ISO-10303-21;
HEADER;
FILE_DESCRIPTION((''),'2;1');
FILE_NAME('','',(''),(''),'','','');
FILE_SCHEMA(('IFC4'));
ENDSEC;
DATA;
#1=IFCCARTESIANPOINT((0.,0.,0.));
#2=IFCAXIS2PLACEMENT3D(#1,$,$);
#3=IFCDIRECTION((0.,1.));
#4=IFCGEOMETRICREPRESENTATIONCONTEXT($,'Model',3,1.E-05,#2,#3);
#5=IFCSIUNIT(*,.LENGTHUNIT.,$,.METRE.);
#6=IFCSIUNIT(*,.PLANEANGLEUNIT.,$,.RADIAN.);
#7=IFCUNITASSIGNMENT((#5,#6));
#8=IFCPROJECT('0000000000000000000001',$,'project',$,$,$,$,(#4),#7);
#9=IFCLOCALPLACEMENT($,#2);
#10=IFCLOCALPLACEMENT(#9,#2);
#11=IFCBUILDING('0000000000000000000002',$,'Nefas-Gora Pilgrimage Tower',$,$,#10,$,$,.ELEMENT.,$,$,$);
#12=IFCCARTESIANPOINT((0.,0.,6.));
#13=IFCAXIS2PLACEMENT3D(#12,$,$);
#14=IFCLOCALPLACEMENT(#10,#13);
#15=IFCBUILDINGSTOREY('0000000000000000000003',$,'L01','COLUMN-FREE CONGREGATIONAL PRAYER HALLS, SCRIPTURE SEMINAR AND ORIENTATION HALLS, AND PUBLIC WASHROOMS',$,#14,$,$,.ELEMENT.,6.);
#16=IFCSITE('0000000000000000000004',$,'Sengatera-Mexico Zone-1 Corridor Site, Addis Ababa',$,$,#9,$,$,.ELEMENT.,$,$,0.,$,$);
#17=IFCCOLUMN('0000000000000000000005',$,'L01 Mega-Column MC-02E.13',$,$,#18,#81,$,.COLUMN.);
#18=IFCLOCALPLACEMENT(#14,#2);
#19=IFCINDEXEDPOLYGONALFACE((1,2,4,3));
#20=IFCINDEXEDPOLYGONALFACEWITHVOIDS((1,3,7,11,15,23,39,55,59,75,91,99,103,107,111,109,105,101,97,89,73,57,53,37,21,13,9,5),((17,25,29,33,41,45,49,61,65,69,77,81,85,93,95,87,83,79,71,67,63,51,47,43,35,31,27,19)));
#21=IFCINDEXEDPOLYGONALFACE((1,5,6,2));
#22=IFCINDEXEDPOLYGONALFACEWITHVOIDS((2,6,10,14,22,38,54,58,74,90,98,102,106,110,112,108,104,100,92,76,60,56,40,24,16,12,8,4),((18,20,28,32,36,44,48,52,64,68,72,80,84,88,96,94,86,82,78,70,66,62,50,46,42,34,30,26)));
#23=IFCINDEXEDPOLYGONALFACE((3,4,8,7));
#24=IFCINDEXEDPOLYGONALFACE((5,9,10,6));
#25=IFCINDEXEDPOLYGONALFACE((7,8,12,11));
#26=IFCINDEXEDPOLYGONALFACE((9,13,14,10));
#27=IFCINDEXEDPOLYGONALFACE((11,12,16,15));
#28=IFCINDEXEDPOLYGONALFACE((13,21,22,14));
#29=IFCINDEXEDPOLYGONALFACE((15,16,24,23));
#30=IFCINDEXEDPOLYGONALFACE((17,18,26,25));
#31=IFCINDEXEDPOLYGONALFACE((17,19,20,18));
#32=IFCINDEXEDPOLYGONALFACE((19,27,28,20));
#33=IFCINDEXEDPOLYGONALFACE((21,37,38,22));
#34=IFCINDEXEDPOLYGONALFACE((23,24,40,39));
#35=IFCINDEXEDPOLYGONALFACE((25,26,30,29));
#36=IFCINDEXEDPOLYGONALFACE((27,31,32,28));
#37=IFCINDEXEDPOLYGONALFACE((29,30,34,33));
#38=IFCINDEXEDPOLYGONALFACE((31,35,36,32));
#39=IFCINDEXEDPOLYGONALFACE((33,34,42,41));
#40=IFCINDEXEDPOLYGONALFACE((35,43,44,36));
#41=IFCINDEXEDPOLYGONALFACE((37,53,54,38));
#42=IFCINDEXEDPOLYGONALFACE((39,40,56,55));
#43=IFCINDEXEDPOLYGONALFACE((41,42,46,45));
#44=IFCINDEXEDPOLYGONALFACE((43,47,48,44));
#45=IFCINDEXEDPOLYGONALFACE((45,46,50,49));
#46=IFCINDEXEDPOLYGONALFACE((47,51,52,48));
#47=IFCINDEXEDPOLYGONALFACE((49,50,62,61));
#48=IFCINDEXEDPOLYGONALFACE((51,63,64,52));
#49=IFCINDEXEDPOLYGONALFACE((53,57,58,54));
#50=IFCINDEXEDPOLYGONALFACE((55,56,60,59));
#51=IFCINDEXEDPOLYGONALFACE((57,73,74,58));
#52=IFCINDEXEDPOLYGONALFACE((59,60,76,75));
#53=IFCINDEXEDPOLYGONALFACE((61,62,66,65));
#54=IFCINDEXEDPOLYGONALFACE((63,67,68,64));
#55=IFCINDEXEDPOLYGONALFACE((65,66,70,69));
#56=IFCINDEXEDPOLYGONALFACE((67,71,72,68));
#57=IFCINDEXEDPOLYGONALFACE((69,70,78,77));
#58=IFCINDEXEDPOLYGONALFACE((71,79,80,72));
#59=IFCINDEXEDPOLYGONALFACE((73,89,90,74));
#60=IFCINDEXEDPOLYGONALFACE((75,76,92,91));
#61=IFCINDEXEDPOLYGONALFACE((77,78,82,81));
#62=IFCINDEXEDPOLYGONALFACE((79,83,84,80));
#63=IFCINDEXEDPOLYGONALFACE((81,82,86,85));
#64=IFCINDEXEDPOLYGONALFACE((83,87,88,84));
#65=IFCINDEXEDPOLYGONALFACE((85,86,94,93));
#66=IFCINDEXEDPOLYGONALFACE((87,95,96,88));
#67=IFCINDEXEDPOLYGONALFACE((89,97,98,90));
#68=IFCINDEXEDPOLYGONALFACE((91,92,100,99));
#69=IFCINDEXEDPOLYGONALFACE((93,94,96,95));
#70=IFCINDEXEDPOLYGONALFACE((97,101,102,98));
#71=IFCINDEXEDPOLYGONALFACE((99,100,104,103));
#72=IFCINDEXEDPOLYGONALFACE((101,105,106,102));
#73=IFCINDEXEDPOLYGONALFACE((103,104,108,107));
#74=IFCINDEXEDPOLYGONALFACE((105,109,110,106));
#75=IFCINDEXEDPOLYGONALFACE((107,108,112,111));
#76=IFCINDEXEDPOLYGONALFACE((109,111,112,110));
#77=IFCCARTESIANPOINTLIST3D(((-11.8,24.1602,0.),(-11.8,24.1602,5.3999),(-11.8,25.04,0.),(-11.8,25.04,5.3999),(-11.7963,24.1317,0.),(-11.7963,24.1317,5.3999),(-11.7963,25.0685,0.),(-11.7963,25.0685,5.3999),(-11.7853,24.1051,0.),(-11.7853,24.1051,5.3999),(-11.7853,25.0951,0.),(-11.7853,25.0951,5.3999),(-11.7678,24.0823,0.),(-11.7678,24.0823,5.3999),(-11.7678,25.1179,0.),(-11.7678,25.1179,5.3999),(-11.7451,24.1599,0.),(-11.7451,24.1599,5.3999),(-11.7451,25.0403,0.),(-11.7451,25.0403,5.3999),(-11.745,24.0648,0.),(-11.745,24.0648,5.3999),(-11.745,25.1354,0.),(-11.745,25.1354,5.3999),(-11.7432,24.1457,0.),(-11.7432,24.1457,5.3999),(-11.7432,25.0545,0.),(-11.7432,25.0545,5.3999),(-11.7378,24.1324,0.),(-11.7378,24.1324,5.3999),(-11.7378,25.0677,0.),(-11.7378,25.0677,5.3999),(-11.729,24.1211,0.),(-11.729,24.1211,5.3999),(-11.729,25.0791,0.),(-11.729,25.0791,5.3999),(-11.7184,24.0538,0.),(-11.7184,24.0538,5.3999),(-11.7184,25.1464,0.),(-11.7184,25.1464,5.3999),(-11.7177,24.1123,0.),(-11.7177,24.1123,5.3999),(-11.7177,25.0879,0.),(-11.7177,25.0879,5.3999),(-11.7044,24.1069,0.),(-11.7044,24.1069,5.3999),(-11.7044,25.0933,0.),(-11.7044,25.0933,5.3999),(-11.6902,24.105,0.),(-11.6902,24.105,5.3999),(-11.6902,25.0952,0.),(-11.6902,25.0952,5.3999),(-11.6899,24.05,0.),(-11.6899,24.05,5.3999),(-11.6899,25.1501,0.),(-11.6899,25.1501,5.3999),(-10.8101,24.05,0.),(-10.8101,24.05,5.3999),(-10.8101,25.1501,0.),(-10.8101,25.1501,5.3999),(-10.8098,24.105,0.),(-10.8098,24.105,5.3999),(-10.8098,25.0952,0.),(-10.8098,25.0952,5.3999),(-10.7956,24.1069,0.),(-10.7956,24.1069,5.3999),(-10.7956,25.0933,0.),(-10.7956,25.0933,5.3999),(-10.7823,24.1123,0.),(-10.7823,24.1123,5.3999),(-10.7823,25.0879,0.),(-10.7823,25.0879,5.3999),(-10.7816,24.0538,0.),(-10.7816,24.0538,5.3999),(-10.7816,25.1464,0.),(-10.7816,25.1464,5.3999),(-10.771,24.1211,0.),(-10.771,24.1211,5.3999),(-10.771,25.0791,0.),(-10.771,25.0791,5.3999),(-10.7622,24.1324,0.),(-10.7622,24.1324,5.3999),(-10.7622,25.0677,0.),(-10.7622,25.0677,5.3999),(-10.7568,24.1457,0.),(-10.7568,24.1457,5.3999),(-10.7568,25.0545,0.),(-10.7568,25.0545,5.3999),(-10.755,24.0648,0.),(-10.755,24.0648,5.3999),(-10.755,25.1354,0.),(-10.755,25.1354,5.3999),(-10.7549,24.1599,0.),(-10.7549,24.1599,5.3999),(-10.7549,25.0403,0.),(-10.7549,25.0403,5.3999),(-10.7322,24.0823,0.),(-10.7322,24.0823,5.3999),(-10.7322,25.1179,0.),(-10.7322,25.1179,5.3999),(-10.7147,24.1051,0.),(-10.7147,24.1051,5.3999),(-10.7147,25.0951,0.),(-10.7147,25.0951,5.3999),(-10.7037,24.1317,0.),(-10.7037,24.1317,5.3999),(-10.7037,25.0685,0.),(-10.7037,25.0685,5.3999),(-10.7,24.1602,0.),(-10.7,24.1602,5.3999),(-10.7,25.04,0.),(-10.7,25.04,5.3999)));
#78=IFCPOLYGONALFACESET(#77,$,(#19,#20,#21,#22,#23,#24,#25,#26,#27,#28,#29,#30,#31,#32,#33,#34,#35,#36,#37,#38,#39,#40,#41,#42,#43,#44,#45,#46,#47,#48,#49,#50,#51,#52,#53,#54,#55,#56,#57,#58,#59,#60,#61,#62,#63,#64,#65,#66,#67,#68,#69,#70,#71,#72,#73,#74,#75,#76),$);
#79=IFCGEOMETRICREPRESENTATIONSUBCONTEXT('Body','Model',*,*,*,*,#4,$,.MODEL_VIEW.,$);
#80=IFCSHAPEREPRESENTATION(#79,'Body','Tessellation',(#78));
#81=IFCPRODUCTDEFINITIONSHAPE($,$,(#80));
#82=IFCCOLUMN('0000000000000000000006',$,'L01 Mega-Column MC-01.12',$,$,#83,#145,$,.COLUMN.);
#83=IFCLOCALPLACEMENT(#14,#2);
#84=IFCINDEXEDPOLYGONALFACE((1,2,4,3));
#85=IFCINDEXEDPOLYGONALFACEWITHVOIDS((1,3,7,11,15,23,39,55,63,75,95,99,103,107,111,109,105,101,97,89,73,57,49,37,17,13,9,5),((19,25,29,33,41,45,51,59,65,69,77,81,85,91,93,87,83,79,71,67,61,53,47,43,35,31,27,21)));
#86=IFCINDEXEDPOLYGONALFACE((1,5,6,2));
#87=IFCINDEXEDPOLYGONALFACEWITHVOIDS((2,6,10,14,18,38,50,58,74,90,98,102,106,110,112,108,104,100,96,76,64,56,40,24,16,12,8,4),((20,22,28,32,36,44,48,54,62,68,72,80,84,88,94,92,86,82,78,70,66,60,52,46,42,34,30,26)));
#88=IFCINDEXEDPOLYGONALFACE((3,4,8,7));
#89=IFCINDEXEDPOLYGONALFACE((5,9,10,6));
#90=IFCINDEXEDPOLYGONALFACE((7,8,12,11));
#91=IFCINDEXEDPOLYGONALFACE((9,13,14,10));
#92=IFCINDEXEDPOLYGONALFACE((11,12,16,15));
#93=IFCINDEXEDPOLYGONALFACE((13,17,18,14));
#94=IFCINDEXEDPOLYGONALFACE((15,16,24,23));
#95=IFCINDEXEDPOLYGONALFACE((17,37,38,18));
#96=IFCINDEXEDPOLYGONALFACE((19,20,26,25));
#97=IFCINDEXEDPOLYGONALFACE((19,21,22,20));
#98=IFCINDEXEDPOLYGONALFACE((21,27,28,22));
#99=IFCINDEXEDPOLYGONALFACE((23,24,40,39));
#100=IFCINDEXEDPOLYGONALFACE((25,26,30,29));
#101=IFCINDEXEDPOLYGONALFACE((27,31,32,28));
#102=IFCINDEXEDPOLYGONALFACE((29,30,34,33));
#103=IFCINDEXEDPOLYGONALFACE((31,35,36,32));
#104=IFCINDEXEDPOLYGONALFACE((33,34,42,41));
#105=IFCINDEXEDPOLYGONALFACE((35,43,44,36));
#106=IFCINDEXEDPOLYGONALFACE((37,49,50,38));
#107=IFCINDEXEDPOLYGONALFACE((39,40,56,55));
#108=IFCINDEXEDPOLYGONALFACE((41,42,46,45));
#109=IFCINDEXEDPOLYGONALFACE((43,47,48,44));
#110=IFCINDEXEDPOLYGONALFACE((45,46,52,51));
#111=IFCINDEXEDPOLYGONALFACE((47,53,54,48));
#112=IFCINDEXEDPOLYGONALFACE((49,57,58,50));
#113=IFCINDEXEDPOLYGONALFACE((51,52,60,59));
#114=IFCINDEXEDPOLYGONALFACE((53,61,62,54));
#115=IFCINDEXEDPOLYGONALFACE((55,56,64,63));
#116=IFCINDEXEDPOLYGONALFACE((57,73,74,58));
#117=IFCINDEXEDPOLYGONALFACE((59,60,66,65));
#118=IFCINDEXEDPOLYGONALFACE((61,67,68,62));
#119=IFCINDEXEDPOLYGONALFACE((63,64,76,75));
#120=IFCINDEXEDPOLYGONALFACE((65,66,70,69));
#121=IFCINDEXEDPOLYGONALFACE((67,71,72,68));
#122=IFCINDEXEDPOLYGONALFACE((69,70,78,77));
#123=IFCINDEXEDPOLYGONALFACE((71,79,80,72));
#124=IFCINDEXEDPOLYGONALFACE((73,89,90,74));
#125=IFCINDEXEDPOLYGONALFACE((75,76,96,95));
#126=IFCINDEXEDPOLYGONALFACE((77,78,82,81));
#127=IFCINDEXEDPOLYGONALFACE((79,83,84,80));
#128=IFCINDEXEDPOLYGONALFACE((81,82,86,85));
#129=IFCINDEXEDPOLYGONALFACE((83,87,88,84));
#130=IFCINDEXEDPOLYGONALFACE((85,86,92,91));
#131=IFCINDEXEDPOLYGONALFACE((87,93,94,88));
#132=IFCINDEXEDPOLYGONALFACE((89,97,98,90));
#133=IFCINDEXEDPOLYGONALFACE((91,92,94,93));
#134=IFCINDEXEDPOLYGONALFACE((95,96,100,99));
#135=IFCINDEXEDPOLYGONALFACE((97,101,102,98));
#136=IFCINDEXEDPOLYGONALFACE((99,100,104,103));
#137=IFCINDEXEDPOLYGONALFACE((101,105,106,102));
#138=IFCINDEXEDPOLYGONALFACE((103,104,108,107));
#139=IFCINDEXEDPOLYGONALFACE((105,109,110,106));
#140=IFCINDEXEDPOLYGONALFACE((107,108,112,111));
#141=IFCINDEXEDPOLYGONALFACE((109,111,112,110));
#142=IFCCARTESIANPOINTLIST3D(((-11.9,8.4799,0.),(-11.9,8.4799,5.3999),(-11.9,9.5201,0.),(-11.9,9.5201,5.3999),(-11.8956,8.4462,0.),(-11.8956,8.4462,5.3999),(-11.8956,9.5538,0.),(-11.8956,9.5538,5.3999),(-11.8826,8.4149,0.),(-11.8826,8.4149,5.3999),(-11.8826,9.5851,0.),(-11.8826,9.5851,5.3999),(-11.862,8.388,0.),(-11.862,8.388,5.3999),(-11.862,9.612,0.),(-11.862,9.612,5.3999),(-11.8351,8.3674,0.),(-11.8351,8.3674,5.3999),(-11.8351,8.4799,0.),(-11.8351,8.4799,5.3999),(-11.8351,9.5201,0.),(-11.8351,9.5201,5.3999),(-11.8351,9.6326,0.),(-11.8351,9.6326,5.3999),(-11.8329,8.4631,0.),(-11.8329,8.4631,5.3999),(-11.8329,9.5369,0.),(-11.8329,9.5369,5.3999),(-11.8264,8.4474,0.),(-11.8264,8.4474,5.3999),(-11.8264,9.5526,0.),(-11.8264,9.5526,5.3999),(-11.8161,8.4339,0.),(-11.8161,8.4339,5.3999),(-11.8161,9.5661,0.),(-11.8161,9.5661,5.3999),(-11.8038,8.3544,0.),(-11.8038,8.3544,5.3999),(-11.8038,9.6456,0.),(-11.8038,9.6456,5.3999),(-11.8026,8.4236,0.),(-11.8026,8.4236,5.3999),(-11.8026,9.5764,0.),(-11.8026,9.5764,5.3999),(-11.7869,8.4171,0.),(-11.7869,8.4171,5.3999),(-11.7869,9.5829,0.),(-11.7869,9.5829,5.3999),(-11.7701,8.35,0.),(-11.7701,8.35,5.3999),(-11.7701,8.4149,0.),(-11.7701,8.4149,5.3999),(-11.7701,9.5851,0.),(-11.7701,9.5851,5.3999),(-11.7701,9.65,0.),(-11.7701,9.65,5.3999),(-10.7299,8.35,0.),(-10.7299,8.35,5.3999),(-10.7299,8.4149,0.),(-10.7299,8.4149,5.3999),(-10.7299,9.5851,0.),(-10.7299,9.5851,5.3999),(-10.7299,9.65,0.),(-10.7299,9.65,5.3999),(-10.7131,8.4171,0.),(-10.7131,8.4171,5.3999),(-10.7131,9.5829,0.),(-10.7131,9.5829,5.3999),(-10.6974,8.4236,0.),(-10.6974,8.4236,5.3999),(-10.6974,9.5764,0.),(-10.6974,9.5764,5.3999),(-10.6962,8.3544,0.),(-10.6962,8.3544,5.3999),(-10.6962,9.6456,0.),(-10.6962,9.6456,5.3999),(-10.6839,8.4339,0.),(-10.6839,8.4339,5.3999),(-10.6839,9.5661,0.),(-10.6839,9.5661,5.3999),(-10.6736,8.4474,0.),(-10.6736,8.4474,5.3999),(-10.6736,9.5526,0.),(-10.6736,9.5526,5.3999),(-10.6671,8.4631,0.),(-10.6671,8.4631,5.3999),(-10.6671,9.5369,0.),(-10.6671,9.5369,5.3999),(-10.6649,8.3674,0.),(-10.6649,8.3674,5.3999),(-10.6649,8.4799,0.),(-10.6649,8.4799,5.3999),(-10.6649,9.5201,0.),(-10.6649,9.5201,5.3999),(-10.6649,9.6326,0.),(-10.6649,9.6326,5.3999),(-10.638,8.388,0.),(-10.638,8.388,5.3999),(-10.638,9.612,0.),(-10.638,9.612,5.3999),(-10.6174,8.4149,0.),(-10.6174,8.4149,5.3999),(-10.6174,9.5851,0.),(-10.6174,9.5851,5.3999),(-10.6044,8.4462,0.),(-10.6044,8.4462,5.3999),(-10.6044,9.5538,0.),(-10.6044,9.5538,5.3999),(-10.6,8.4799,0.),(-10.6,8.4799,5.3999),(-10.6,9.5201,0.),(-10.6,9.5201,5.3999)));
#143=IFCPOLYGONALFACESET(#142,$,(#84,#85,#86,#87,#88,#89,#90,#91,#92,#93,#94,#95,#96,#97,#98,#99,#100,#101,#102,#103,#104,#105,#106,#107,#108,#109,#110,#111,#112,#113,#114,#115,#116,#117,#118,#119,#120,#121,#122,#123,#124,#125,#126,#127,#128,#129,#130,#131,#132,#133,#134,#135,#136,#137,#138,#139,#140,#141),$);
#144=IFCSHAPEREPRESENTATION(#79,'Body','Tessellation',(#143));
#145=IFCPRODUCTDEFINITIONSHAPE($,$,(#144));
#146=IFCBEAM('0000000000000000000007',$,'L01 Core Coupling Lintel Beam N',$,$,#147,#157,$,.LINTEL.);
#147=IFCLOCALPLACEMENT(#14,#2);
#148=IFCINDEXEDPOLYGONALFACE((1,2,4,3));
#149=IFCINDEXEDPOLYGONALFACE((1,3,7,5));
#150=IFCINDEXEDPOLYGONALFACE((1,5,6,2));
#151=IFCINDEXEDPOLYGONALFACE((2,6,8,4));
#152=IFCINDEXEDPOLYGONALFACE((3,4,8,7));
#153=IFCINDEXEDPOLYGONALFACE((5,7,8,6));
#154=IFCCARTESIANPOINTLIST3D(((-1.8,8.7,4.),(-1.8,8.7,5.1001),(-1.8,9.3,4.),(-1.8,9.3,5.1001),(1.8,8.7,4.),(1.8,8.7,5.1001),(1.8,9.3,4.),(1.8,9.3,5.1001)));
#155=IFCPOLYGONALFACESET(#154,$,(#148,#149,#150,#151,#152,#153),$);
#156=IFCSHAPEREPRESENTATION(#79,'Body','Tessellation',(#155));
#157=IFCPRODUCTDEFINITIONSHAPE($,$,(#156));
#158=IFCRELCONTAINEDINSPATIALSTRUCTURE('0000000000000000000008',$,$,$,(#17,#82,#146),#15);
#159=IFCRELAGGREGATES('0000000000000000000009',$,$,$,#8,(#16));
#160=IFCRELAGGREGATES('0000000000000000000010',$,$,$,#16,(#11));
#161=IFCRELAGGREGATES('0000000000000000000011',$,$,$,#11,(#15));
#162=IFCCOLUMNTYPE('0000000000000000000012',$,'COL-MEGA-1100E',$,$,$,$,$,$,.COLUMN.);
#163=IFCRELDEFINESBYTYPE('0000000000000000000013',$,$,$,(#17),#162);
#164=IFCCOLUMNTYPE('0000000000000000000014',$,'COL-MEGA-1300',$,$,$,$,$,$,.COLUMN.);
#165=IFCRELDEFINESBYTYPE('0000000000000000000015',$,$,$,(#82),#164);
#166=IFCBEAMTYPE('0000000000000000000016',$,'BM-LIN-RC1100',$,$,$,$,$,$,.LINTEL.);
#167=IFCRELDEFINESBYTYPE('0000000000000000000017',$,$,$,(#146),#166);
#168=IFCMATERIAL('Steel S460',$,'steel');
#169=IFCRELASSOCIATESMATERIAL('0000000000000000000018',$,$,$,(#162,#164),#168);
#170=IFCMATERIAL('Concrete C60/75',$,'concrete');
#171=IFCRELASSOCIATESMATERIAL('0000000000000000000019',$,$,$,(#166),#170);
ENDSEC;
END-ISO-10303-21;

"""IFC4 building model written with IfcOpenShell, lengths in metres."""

from ifc_helpers import new_model, si_unit, direction, frame, origin, origin_2d, place, context, subcontext, project, spatial, rectangle, hollow_rectangle, extrude, source, transform, mapped, material, material_profile, profile_set, type_object, element, save


model = new_model("IFC4")

# Units and contexts
model_context = context("Model", 3, precision=1e-05, world=origin(), true_north=direction((0.0, 1.0)))
body_context = subcontext(model_context, "Body", "Model", "MODEL_VIEW")
ifc_project = project(units=[si_unit("LENGTHUNIT", "METRE"), si_unit("PLANEANGLEUNIT", "RADIAN")], contexts=[model_context])

# Site, building, storey
site_placement = place(None, origin())
site = spatial("IfcSite", under=ifc_project, at=site_placement, Name="Sengatera-Mexico Zone-1 Corridor Site, Addis Ababa", CompositionType="ELEMENT", RefElevation=0.0)
building_placement = place(site_placement, origin())
building = spatial("IfcBuilding", under=site, at=building_placement, Name="Nefas-Gora Pilgrimage Tower", CompositionType="ELEMENT")
storey_placement = place(building_placement, frame((0.0, 0.0, 6.0)))
storey = spatial("IfcBuildingStorey", under=building, at=storey_placement, Name="L01", Description="COLUMN-FREE CONGREGATIONAL PRAYER HALLS, SCRIPTURE SEMINAR AND ORIENTATION HALLS, AND PUBLIC WASHROOMS", CompositionType="ELEMENT", Elevation=6.0)

# Columns
ifc_material_1 = material(Name="Steel S460", Category="steel")
ifc_material_profile_1 = material_profile(ifc_material_1, hollow_rectangle(XDim=1.1001, YDim=1.1001, WallThickness=0.0549, InnerFilletRadius=0.0549, OuterFilletRadius=0.1101, at=origin_2d()), Name="BOX 1100x1100x55")
ifc_profile_set_1 = profile_set([ifc_material_profile_1], Name="Steel S460")
column_type_1 = type_object("IfcColumnType", Name="COL-MEGA-1100E", PredefinedType="COLUMN", material=ifc_profile_set_1)
shared_shape_1 = source(origin(), body_context, "Body", "SweptSolid", [
    extrude(hollow_rectangle(XDim=1.1001, YDim=1.1001, WallThickness=0.0549, InnerFilletRadius=0.0549, OuterFilletRadius=0.1101, at=origin_2d()), origin(), (0.0, 0.0, 1.0), 5.3999),
])
column_1_placement = place(storey_placement, frame((-11.25, 24.6001, 0.0), z_axis=(0.0, 0.0, 1.0), x_axis=(1.0, 0.0, 0.0)))
element("IfcColumn", 1, at=column_1_placement, inside=storey, type_object=column_type_1, Name="L01 Mega-Column MC-02E.13", PredefinedType="COLUMN", context=body_context, shape_type="MappedRepresentation", body=[
    mapped(shared_shape_1, transform((0.0, 0.0, 0.0), x_axis=(1.0, 0.0, 0.0), y_axis=(0.0, 1.0, 0.0), z_axis=(0.0, 0.0, 1.0), scale=1.0)),
])
ifc_material_profile_2 = material_profile(ifc_material_1, hollow_rectangle(XDim=1.3, YDim=1.3, WallThickness=0.0649, InnerFilletRadius=0.0649, OuterFilletRadius=0.1299, at=origin_2d()), Name="BOX 1300x1300x65")
ifc_profile_set_2 = profile_set([ifc_material_profile_2], Name="Steel S460")
column_type_2 = type_object("IfcColumnType", Name="COL-MEGA-1300", PredefinedType="COLUMN", material=ifc_profile_set_2)
shared_shape_2 = source(origin(), body_context, "Body", "SweptSolid", [
    extrude(hollow_rectangle(XDim=1.3, YDim=1.3, WallThickness=0.0649, InnerFilletRadius=0.0649, OuterFilletRadius=0.1299, at=origin_2d()), origin(), (0.0, 0.0, 1.0), 5.3999),
])
column_2_placement = place(storey_placement, frame((-11.25, 9.0, 0.0), z_axis=(0.0, 0.0, 1.0), x_axis=(1.0, 0.0, 0.0)))
element("IfcColumn", 2, at=column_2_placement, inside=storey, type_object=column_type_2, Name="L01 Mega-Column MC-01.12", PredefinedType="COLUMN", context=body_context, shape_type="MappedRepresentation", body=[
    mapped(shared_shape_2, transform((0.0, 0.0, 0.0), x_axis=(1.0, 0.0, 0.0), y_axis=(0.0, 1.0, 0.0), z_axis=(0.0, 0.0, 1.0), scale=1.0)),
])

# Beam
ifc_material_2 = material(Name="Concrete C60/75", Category="concrete")
ifc_material_profile_3 = material_profile(ifc_material_2, rectangle(XDim=0.6001, YDim=1.1001, at=origin_2d()), Name="RC 600x1100")
ifc_profile_set_3 = profile_set([ifc_material_profile_3], Name="Concrete C60/75")
beam_type_1 = type_object("IfcBeamType", Name="BM-LIN-RC1100", PredefinedType="LINTEL", material=ifc_profile_set_3)
shared_shape_3 = source(origin(), body_context, "Body", "SweptSolid", [
    extrude(rectangle(XDim=0.6001, YDim=1.1001, at=origin_2d()), origin(), (0.0, 0.0, 1.0), 3.6001),
])
beam_1_placement = place(storey_placement, frame((-1.8, 9.0, 4.55), z_axis=(1.0, 0.0, 0.0), x_axis=(0.0, 1.0, 0.0)))
element("IfcBeam", 3, at=beam_1_placement, inside=storey, type_object=beam_type_1, Name="L01 Core Coupling Lintel Beam N", PredefinedType="LINTEL", context=body_context, shape_type="MappedRepresentation", body=[
    mapped(shared_shape_3, transform((0.0, 0.0, 0.0), x_axis=(1.0, 0.0, 0.0), y_axis=(0.0, 1.0, 0.0), z_axis=(0.0, 0.0, 1.0), scale=1.0)),
])

save(model, "model.ifc")
